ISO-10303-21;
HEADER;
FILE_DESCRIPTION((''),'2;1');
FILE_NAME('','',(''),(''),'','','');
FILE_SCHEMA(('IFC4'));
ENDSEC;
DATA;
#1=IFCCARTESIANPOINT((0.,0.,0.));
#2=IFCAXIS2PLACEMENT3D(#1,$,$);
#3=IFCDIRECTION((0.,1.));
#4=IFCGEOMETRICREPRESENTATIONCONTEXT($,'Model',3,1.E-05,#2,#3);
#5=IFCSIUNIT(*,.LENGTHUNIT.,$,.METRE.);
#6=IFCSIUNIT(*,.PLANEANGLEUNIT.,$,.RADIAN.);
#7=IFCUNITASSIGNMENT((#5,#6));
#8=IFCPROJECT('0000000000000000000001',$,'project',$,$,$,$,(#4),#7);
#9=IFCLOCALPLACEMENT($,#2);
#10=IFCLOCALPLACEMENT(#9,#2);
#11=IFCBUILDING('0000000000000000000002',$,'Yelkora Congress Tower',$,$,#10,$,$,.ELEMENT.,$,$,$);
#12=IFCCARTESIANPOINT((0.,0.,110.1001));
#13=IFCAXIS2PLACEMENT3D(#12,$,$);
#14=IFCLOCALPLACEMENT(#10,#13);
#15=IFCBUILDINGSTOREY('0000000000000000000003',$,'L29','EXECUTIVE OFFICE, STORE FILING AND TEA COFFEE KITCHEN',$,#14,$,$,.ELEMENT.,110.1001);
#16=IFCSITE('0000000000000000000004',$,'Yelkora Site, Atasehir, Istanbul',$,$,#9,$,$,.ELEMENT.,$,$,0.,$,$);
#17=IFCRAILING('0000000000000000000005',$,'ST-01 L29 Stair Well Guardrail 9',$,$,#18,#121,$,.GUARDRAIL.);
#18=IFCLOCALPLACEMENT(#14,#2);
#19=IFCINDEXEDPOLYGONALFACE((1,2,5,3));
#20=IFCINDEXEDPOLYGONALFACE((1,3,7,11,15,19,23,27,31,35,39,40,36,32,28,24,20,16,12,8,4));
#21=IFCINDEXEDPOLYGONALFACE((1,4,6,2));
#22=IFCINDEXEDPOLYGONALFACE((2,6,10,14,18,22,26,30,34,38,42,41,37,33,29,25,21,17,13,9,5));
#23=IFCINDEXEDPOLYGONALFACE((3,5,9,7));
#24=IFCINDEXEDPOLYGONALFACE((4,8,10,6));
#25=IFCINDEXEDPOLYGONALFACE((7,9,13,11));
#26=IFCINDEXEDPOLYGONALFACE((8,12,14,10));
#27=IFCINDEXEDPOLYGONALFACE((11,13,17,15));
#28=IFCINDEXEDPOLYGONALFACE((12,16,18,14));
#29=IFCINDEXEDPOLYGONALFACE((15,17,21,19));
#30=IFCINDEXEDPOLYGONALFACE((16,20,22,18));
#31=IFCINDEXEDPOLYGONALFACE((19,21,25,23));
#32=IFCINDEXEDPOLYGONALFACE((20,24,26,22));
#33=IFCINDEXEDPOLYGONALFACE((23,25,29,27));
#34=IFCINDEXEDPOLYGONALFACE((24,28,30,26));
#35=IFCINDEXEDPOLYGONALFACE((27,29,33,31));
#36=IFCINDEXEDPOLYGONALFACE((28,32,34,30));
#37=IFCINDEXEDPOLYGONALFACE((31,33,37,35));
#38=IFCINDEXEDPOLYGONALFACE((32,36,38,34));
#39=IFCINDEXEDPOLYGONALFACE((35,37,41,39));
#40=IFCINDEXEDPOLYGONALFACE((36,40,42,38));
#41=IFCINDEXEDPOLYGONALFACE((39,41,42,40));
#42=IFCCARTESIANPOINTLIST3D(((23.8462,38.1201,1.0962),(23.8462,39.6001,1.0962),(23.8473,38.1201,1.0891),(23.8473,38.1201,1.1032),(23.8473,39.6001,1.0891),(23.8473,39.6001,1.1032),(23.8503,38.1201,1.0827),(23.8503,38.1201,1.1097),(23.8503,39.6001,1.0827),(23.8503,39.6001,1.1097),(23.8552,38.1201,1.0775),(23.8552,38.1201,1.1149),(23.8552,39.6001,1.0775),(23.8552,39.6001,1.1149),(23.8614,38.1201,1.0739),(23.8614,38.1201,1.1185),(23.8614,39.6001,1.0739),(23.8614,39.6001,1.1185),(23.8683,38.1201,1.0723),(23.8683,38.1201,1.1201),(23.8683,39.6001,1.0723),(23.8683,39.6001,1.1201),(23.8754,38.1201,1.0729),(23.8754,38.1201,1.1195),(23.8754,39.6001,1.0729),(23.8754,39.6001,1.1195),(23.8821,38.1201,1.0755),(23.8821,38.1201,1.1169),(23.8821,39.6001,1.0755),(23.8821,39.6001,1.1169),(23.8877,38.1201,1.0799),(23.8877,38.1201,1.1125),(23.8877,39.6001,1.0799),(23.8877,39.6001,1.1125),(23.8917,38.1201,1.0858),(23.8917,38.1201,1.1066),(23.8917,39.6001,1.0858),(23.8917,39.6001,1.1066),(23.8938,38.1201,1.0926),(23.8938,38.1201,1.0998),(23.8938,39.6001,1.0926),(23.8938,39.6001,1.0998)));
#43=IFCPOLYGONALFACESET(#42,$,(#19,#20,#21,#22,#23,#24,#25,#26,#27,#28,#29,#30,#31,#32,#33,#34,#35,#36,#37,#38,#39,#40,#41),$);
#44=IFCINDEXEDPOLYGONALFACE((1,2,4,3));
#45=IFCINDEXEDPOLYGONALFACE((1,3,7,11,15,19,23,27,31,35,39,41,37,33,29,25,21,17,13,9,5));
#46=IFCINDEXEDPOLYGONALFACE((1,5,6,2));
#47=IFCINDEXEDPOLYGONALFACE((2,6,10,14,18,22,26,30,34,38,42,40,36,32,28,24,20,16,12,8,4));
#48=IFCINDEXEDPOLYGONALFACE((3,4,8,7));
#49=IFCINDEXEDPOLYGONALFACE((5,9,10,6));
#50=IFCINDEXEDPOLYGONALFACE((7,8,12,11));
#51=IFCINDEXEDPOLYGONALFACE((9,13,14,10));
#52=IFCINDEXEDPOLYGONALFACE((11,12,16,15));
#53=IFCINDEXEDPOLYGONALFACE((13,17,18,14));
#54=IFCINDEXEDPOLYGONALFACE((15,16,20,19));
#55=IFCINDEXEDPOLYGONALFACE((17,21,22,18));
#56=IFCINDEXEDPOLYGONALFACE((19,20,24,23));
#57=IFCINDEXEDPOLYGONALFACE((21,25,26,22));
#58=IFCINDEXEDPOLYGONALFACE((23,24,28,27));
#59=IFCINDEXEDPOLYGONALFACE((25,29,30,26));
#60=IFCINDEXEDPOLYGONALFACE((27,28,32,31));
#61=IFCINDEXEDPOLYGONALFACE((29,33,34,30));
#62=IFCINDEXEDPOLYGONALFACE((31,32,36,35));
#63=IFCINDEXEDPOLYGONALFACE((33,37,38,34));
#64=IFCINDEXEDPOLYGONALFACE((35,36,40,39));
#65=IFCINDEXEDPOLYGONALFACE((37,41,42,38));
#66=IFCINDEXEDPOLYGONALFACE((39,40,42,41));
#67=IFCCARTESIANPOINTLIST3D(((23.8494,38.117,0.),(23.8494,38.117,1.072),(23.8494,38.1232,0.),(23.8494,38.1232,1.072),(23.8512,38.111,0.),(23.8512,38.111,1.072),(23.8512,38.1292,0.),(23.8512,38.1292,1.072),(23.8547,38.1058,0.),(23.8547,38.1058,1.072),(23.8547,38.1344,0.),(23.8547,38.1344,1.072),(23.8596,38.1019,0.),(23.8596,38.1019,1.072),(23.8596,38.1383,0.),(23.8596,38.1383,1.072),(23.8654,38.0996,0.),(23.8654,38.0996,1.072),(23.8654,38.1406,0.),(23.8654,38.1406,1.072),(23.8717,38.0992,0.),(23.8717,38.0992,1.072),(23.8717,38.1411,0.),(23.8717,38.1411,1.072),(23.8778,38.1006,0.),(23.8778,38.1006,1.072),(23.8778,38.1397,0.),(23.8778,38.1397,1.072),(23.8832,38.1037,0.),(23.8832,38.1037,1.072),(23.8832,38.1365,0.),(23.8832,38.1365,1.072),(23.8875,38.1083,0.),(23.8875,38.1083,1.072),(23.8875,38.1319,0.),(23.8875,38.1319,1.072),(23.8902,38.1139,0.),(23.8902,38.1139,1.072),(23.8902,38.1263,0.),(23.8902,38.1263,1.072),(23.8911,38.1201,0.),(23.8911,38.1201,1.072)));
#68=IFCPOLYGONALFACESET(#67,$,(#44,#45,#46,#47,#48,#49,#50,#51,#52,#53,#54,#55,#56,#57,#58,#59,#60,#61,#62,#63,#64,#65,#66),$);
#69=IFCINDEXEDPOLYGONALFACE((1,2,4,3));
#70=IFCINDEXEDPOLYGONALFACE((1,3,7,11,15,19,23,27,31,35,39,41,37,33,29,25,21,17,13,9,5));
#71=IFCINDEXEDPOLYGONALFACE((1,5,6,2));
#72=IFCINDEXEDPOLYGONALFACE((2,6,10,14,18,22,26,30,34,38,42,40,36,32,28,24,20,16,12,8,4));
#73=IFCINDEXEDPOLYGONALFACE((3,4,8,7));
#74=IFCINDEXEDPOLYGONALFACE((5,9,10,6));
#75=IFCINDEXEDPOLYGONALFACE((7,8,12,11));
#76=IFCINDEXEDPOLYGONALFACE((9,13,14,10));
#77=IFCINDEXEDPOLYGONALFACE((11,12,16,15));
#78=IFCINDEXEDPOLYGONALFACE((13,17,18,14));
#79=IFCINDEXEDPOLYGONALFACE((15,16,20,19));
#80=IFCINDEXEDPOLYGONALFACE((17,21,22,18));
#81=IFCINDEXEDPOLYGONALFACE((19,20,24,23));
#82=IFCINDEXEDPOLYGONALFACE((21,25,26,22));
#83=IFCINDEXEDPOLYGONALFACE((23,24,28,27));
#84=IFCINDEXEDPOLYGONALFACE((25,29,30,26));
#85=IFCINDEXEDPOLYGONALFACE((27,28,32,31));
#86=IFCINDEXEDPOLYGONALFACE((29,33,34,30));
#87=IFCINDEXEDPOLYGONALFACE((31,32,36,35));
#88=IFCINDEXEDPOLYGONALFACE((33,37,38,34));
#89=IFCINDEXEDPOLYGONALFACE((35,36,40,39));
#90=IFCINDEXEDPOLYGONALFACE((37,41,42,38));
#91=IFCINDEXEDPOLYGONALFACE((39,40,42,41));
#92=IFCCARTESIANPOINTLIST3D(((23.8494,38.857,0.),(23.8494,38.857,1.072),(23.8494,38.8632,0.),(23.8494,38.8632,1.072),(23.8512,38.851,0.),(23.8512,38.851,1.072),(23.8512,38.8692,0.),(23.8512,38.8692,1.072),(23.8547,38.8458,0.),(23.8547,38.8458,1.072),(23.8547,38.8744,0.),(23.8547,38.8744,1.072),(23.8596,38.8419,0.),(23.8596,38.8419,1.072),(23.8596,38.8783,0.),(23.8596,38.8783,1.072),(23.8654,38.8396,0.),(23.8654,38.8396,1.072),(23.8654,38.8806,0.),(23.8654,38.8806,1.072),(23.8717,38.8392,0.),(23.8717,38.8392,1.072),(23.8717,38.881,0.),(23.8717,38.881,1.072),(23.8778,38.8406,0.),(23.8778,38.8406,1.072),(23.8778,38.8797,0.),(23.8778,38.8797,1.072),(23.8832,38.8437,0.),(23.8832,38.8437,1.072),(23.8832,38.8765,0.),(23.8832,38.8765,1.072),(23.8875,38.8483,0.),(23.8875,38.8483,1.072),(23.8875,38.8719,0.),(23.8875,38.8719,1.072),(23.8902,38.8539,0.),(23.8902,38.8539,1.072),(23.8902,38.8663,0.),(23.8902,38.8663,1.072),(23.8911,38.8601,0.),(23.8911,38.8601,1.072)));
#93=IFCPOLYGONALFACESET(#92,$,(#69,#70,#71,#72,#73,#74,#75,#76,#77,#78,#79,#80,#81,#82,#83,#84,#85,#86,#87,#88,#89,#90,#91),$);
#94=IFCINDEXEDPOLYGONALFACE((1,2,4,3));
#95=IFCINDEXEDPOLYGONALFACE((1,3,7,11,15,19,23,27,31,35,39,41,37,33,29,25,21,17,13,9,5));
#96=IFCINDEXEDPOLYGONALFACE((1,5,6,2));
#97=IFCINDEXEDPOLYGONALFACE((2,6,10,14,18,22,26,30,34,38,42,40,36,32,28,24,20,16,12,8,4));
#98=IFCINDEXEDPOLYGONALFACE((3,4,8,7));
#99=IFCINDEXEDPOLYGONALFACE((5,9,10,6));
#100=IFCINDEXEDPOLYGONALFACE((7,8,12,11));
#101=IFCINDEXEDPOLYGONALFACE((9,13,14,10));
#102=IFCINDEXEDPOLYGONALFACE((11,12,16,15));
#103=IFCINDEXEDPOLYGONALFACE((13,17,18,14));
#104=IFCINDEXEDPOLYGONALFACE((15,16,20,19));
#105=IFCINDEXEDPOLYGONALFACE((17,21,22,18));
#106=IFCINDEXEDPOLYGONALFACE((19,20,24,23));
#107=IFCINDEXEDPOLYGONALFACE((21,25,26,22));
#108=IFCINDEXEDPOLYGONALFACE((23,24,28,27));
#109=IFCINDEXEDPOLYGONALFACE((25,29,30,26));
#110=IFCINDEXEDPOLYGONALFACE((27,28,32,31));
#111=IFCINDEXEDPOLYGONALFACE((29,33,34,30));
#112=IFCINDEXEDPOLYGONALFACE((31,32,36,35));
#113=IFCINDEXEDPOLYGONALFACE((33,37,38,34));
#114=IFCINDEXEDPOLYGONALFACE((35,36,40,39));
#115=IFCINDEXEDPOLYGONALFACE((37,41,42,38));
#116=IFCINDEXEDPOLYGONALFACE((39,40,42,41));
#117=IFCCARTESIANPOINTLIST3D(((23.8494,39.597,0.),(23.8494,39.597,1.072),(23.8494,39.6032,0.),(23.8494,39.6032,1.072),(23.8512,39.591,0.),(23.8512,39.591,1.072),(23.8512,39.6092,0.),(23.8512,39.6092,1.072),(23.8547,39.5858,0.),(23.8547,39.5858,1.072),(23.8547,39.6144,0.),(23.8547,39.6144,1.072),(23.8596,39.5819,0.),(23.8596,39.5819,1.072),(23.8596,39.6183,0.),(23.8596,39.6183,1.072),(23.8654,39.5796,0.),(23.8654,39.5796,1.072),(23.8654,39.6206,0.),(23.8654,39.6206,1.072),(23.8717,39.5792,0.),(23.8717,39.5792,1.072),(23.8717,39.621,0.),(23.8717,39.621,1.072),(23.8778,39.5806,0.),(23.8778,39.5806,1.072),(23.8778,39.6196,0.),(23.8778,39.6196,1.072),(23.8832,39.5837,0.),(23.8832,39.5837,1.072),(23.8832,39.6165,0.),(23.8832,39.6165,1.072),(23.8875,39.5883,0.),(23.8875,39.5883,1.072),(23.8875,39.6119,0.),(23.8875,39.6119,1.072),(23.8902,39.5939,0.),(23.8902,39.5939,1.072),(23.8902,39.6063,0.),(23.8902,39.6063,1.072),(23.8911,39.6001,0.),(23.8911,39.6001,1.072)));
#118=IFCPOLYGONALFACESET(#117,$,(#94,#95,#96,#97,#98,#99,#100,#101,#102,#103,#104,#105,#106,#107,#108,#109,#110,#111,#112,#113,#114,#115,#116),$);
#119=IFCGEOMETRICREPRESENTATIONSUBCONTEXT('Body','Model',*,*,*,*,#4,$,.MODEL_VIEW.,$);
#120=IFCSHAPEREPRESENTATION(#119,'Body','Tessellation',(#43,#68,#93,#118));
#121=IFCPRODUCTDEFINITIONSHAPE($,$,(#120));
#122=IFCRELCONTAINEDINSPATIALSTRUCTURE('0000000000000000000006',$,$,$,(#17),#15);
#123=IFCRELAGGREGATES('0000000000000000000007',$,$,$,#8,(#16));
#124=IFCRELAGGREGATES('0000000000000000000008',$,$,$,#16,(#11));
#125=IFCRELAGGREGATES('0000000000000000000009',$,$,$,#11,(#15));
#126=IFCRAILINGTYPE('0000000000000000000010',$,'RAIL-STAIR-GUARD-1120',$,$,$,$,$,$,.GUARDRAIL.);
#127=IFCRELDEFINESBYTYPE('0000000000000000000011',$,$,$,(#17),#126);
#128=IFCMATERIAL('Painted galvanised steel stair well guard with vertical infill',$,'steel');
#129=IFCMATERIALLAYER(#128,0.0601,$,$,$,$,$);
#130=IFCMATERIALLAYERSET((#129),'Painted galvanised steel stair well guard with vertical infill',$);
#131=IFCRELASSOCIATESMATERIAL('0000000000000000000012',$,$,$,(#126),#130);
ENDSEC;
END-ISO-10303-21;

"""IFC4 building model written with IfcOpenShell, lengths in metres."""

from ifc_helpers import new_model, si_unit, direction, frame, origin, origin_2d, place, context, subcontext, project, spatial, circle, extrude, material, layer, layer_set, type_object, element, save


model = new_model("IFC4")

# Units and contexts
model_context = context("Model", 3, precision=1e-05, world=origin(), true_north=direction((0.0, 1.0)))
body_context = subcontext(model_context, "Body", "Model", "MODEL_VIEW")
ifc_project = project(units=[si_unit("LENGTHUNIT", "METRE"), si_unit("PLANEANGLEUNIT", "RADIAN")], contexts=[model_context])

# Site, building, storey
site_placement = place(None, origin())
site = spatial("IfcSite", under=ifc_project, at=site_placement, Name="Yelkora Site, Atasehir, Istanbul", CompositionType="ELEMENT", RefElevation=0.0)
building_placement = place(site_placement, origin())
building = spatial("IfcBuilding", under=site, at=building_placement, Name="Yelkora Congress Tower", CompositionType="ELEMENT")
storey_placement = place(building_placement, frame((0.0, 0.0, 110.1001)))
storey = spatial("IfcBuildingStorey", under=building, at=storey_placement, Name="L29", Description="EXECUTIVE OFFICE, STORE FILING AND TEA COFFEE KITCHEN", CompositionType="ELEMENT", Elevation=110.1001)

# Railing
ifc_material_1 = material(Name="Painted galvanised steel stair well guard with vertical infill", Category="steel")
ifc_layer_1 = layer(ifc_material_1, 0.0601)
ifc_layer_set_1 = layer_set([ifc_layer_1], Name="Painted galvanised steel stair well guard with vertical infill")
railing_type_1 = type_object("IfcRailingType", Name="RAIL-STAIR-GUARD-1120", PredefinedType="GUARDRAIL", material=ifc_layer_set_1)
railing_1_placement = place(storey_placement, frame((23.8701, 38.1201, 0.0)))
element("IfcRailing", 1, at=railing_1_placement, inside=storey, type_object=railing_type_1, Name="ST-01 L29 Stair Well Guardrail 9", PredefinedType="GUARDRAIL", context=body_context, shape_type="SweptSolid", body=[
    extrude(circle(Radius=0.0239, at=origin_2d()), frame((0.0, 0.0, 1.0962), z_axis=(0.0, 1.0, 0.0), x_axis=(-1.0, 0.0, 0.0)), (0.0, 0.0, 1.0), 1.48),
    extrude(circle(Radius=0.021, at=origin_2d()), origin(), (0.0, 0.0, 1.0), 1.072),
    extrude(circle(Radius=0.021, at=origin_2d()), frame((0.0, 0.74, 0.0)), (0.0, 0.0, 1.0), 1.072),
    extrude(circle(Radius=0.021, at=origin_2d()), frame((0.0, 1.48, 0.0)), (0.0, 0.0, 1.0), 1.072),
])

save(model, "model.ifc")
